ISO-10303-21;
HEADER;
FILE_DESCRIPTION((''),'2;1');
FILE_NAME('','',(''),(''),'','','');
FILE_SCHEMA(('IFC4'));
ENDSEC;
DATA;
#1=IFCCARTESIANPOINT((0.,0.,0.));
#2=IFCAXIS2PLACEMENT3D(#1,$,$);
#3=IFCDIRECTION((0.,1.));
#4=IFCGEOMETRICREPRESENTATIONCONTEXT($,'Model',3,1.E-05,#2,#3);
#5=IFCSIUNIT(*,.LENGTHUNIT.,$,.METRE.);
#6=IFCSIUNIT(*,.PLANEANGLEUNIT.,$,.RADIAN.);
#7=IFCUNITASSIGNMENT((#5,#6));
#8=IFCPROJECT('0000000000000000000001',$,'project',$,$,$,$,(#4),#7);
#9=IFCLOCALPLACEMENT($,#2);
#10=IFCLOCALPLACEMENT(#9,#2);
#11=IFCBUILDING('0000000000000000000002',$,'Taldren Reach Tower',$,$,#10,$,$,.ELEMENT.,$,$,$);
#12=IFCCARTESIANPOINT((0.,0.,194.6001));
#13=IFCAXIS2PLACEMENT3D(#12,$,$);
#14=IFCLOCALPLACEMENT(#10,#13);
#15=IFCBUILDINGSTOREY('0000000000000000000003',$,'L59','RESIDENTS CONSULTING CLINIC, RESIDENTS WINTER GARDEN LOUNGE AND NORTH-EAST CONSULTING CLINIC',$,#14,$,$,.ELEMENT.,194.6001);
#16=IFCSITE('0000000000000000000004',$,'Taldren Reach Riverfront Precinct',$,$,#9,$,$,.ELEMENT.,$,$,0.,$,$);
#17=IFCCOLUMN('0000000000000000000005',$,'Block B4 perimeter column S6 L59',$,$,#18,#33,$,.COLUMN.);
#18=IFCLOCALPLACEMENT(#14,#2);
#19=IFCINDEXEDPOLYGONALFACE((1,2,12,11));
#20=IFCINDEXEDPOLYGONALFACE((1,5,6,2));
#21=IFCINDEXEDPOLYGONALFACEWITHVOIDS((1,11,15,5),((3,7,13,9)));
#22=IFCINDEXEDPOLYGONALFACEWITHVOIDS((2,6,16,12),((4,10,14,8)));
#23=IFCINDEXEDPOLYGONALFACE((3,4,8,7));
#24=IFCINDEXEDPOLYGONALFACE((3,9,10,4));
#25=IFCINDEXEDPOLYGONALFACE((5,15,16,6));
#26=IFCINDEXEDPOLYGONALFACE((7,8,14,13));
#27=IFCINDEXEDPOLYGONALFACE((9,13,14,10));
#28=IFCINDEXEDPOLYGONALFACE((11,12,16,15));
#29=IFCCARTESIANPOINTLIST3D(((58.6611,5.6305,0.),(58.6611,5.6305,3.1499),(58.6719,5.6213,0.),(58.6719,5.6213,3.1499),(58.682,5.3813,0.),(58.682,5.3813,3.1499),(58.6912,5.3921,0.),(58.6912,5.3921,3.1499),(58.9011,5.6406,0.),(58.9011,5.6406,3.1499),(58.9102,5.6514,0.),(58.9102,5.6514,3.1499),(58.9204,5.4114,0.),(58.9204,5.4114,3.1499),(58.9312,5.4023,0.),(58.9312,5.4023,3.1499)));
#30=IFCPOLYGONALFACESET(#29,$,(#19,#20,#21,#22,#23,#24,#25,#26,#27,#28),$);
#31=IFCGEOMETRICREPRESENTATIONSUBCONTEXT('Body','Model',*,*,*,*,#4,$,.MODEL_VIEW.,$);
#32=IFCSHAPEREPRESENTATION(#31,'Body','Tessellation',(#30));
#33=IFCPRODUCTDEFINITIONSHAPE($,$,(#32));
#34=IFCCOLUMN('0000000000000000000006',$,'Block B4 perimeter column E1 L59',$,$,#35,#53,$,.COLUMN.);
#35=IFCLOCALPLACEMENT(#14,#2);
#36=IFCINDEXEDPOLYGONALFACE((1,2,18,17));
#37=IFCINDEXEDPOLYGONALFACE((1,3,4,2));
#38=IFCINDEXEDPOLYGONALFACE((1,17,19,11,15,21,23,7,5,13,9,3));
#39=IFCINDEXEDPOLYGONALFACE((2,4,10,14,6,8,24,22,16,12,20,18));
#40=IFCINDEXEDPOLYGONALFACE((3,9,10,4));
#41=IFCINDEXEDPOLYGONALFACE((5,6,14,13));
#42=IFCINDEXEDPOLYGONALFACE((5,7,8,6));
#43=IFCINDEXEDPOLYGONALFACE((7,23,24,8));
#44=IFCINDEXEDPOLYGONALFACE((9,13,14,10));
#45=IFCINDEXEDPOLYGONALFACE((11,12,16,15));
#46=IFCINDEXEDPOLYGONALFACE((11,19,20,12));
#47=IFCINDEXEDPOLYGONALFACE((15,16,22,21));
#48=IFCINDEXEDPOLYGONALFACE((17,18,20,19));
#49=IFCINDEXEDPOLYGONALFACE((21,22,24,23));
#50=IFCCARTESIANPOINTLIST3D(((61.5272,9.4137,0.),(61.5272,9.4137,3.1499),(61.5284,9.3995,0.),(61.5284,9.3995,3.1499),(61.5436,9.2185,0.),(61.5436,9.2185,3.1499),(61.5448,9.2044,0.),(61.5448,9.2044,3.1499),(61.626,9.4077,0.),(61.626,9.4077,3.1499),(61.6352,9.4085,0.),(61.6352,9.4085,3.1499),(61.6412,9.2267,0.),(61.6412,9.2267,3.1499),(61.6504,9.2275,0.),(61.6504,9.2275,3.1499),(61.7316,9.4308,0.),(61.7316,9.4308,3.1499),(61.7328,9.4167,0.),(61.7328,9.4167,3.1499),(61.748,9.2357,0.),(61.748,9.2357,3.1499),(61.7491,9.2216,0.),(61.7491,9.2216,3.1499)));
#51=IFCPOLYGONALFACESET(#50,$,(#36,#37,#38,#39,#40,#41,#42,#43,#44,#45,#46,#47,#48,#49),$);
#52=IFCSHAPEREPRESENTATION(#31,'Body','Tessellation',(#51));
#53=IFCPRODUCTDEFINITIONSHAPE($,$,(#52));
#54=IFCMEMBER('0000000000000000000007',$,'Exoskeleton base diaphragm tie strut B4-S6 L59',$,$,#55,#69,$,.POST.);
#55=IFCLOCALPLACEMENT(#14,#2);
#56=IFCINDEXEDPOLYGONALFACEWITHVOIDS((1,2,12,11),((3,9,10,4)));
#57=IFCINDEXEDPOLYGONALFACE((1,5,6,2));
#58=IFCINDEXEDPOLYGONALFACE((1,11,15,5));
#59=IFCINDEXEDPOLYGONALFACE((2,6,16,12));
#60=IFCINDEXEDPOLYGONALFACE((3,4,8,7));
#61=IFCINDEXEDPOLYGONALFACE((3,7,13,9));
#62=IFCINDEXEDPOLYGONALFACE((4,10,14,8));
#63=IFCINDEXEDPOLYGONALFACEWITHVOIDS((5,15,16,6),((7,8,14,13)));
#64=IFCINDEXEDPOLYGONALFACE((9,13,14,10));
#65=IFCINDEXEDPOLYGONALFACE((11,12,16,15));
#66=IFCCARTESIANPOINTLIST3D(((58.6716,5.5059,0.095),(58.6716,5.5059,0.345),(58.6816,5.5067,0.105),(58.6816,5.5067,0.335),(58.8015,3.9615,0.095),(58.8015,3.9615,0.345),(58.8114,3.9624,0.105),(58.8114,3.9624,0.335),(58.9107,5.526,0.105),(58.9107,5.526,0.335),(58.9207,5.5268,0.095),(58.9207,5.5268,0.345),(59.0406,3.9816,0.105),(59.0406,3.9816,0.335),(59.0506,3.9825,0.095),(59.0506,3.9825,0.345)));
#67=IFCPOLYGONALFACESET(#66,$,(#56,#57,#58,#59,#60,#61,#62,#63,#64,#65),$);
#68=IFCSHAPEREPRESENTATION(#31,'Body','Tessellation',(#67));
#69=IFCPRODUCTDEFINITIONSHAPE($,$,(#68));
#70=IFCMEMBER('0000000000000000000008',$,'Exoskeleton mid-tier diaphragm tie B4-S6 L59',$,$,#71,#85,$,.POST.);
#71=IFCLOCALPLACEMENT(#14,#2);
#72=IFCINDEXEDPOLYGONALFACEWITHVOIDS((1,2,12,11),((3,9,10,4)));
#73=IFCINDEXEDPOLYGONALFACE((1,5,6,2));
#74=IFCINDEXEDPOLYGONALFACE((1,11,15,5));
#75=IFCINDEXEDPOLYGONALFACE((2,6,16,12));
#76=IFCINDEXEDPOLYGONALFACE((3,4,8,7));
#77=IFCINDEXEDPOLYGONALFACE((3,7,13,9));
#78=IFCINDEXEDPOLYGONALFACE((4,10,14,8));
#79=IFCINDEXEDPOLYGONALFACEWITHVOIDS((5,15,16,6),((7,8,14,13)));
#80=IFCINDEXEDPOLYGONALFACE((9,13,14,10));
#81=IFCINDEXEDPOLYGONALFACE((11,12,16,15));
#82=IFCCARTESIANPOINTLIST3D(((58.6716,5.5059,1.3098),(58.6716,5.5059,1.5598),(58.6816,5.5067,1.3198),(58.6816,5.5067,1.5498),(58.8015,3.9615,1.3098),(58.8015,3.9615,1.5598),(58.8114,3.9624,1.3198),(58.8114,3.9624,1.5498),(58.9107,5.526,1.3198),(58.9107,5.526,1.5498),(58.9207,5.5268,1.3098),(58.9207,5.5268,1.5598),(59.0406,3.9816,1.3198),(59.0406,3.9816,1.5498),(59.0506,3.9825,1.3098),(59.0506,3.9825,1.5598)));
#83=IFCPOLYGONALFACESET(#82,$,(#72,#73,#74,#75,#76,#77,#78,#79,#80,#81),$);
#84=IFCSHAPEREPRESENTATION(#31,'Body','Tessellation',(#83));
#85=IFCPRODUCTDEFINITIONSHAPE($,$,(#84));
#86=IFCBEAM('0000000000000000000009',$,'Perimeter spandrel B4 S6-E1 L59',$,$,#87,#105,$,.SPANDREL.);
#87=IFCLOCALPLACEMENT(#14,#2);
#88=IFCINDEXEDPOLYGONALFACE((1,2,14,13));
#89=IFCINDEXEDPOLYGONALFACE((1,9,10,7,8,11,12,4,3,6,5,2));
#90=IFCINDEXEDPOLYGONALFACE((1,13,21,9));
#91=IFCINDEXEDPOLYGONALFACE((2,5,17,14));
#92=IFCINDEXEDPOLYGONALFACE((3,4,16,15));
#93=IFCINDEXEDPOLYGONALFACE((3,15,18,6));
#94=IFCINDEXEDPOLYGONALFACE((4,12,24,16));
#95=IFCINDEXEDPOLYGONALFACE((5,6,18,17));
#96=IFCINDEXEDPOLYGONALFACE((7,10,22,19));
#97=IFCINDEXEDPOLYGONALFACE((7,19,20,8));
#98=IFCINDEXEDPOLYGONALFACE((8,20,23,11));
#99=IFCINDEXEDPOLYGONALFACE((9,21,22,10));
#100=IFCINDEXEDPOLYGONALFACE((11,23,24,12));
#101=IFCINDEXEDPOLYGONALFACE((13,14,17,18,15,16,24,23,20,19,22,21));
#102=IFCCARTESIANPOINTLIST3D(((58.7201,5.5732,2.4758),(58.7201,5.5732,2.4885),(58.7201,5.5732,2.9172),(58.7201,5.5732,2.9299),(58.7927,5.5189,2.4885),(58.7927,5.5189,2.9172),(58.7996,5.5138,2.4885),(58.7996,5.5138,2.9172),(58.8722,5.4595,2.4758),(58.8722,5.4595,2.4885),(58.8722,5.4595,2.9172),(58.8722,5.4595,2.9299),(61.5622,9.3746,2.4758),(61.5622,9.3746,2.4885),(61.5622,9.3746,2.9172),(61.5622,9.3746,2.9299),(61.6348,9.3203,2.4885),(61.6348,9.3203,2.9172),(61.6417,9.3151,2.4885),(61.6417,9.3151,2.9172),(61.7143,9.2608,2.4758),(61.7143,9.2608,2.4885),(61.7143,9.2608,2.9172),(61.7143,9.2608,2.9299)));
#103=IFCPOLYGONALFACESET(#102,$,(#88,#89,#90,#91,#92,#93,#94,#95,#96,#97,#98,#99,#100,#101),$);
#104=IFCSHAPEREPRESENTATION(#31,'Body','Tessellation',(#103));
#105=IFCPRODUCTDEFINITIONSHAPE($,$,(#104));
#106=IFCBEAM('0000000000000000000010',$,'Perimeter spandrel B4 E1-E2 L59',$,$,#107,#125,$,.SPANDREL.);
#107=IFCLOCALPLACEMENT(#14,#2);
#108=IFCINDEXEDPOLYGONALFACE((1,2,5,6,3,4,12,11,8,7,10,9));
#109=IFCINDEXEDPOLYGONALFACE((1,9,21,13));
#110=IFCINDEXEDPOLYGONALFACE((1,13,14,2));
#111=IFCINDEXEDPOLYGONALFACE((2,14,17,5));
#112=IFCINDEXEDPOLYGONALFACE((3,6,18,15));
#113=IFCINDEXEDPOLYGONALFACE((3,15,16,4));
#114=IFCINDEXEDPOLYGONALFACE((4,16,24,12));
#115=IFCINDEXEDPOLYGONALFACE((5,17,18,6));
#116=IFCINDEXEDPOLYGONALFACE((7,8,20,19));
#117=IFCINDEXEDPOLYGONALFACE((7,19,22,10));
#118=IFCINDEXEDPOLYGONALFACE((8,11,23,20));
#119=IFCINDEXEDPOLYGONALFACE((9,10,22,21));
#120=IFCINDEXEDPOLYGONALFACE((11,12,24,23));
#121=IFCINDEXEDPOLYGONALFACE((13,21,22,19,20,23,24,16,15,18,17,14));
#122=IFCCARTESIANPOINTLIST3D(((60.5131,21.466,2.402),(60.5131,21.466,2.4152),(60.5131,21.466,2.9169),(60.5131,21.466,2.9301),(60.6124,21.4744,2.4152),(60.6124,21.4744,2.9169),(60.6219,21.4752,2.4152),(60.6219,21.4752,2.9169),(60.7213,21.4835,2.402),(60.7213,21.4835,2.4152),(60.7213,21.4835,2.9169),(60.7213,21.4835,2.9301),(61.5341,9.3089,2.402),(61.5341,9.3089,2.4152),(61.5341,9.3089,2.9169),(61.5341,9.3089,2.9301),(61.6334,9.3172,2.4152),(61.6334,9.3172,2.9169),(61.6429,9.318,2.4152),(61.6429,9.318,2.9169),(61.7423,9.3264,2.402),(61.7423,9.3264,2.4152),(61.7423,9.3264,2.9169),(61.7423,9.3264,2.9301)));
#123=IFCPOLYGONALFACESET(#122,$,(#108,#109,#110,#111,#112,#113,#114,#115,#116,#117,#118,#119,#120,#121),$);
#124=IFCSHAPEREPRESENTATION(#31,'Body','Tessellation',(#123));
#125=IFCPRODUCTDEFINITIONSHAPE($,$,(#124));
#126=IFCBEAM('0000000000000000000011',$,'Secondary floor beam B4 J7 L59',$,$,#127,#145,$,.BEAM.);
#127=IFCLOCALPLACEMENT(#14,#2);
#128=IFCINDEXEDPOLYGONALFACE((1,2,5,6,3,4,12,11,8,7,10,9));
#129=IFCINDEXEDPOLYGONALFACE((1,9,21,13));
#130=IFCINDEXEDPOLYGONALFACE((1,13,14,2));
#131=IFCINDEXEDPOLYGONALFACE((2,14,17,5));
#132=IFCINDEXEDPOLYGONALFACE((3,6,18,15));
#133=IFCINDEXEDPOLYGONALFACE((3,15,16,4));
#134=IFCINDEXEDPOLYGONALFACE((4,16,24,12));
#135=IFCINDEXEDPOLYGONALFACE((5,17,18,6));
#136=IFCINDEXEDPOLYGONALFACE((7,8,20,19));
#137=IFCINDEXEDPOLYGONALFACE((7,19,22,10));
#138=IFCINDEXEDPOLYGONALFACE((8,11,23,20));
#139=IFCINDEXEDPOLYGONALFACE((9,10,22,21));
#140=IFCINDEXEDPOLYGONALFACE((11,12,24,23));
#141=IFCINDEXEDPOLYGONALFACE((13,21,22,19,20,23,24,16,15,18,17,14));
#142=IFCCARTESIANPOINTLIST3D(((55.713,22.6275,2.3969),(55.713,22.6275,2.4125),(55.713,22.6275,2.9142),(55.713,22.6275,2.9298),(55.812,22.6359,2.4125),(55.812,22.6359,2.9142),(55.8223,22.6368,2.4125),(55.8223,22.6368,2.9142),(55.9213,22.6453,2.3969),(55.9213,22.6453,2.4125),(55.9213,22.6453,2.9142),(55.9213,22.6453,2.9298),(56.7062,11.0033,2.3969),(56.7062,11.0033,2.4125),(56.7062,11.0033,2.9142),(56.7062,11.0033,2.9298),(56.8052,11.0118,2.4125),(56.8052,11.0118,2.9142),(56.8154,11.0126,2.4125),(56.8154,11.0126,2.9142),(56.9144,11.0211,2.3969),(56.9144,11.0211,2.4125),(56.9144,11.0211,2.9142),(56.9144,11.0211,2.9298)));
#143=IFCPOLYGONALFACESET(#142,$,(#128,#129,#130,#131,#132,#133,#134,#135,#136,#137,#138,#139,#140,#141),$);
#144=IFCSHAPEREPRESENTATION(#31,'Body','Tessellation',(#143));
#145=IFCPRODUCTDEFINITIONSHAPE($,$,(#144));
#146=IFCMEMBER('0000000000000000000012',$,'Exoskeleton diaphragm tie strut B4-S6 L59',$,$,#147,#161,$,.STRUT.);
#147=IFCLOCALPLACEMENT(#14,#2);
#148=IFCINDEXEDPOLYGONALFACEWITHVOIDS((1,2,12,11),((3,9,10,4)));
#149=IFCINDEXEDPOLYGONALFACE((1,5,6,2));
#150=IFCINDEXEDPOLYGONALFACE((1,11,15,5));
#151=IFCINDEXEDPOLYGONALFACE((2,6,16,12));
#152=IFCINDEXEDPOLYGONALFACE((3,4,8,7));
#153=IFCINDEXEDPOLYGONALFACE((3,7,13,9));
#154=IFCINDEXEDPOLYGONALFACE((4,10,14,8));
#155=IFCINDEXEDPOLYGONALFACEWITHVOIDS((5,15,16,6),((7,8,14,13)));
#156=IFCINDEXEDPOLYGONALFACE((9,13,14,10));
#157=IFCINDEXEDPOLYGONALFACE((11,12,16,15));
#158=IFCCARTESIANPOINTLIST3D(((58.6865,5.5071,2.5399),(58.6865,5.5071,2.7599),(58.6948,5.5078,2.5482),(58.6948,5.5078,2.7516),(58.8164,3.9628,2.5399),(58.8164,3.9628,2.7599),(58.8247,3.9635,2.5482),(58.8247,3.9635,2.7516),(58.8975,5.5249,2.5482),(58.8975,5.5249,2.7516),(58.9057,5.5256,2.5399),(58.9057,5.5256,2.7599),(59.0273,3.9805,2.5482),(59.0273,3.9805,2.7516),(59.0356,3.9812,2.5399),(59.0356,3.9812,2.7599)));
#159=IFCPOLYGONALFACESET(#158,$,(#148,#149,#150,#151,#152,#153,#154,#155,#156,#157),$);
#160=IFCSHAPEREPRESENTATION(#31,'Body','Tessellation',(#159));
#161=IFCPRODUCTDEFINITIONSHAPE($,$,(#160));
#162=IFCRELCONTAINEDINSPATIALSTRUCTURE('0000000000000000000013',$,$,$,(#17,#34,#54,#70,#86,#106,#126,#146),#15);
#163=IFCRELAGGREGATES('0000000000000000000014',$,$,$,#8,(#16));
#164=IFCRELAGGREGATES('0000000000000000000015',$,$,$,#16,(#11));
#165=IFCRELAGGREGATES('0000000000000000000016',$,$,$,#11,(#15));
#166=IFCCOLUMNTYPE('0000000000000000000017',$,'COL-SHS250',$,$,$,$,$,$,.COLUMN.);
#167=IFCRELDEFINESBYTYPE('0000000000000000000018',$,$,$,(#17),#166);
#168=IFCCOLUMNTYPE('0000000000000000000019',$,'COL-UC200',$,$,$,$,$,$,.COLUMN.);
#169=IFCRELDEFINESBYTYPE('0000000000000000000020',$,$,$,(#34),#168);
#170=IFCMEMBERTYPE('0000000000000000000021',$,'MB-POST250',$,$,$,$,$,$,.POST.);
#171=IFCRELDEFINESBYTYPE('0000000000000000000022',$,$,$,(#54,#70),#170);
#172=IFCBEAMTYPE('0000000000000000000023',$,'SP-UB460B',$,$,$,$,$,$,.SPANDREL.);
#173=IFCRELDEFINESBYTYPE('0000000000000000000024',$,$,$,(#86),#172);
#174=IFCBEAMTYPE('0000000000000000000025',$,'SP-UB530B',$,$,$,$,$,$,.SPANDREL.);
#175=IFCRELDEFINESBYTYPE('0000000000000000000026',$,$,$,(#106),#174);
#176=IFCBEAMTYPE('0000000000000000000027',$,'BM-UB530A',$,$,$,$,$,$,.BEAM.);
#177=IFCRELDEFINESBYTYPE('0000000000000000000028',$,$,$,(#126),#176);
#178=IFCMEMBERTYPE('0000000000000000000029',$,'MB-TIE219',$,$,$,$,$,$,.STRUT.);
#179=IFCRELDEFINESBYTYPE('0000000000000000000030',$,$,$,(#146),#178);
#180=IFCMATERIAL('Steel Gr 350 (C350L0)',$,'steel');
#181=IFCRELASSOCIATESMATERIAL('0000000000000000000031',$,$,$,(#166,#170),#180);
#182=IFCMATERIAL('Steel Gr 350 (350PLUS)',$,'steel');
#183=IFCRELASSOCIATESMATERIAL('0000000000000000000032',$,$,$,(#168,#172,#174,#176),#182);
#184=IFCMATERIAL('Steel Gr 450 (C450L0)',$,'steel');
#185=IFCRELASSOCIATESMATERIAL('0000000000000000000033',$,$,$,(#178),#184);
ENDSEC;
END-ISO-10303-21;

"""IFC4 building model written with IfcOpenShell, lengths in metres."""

from ifc_helpers import new_model, si_unit, direction, frame, origin, origin_2d, place, context, subcontext, project, spatial, hollow_rectangle, i_section, extrude, source, transform, mapped, material, material_profile, profile_set, type_object, element, save


model = new_model("IFC4")

# Units and contexts
model_context = context("Model", 3, precision=1e-05, world=origin(), true_north=direction((0.0, 1.0)))
body_context = subcontext(model_context, "Body", "Model", "MODEL_VIEW")
ifc_project = project(units=[si_unit("LENGTHUNIT", "METRE"), si_unit("PLANEANGLEUNIT", "RADIAN")], contexts=[model_context])

# Site, building, storey
site_placement = place(None, origin())
site = spatial("IfcSite", under=ifc_project, at=site_placement, Name="Taldren Reach Riverfront Precinct", CompositionType="ELEMENT", RefElevation=0.0)
building_placement = place(site_placement, origin())
building = spatial("IfcBuilding", under=site, at=building_placement, Name="Taldren Reach Tower", CompositionType="ELEMENT")
storey_placement = place(building_placement, frame((0.0, 0.0, 194.6001)))
storey = spatial("IfcBuildingStorey", under=building, at=storey_placement, Name="L59", Description="RESIDENTS CONSULTING CLINIC, RESIDENTS WINTER GARDEN LOUNGE AND NORTH-EAST CONSULTING CLINIC", CompositionType="ELEMENT", Elevation=194.6001)

# Columns
ifc_material_1 = material(Name="Steel Gr 350 (C350L0)", Category="steel")
ifc_material_profile_1 = material_profile(ifc_material_1, hollow_rectangle(XDim=0.25, YDim=0.25, WallThickness=0.01, at=origin_2d()), Name="250x250x10.0SHS")
ifc_profile_set_1 = profile_set([ifc_material_profile_1], Name="Steel Gr 350 (C350L0)")
column_type_1 = type_object("IfcColumnType", Name="COL-SHS250", PredefinedType="COLUMN", material=ifc_profile_set_1)
shared_shape_1 = source(origin(), body_context, "Body", "SweptSolid", [
    extrude(hollow_rectangle(XDim=0.25, YDim=0.25, WallThickness=0.01, at=origin_2d()), origin(), (0.0, 0.0, 1.0), 3.1499),
])
column_1_placement = place(storey_placement, frame((58.7961, 5.5164, 0.0), z_axis=(0.0, 0.0, 1.0), x_axis=(0.996493, 0.083678, 0.0)))
element("IfcColumn", 1, at=column_1_placement, inside=storey, type_object=column_type_1, Name="Block B4 perimeter column S6 L59", PredefinedType="COLUMN", context=body_context, shape_type="MappedRepresentation", body=[
    mapped(shared_shape_1, transform((0.0, 0.0, 0.0), scale=1.0)),
])
ifc_material_2 = material(Name="Steel Gr 350 (350PLUS)", Category="steel")
ifc_material_profile_2 = material_profile(ifc_material_2, i_section(OverallWidth=0.2051, OverallDepth=0.21, WebThickness=0.0093, FlangeThickness=0.0142, at=origin_2d()), Name="200UC59.5")
ifc_profile_set_2 = profile_set([ifc_material_profile_2], Name="Steel Gr 350 (350PLUS)")
column_type_2 = type_object("IfcColumnType", Name="COL-UC200", PredefinedType="COLUMN", material=ifc_profile_set_2)
shared_shape_2 = source(origin(), body_context, "Body", "SweptSolid", [
    extrude(i_section(OverallWidth=0.2051, OverallDepth=0.21, WebThickness=0.0093, FlangeThickness=0.0142, at=origin_2d()), origin(), (0.0, 0.0, 1.0), 3.1499),
])
column_2_placement = place(storey_placement, frame((61.6382, 9.3176, 0.0), z_axis=(0.0, 0.0, 1.0), x_axis=(0.996493, 0.083678, 0.0)))
element("IfcColumn", 2, at=column_2_placement, inside=storey, type_object=column_type_2, Name="Block B4 perimeter column E1 L59", PredefinedType="COLUMN", context=body_context, shape_type="MappedRepresentation", body=[
    mapped(shared_shape_2, transform((0.0, 0.0, 0.0), scale=1.0)),
])

# Members
ifc_material_profile_3 = material_profile(ifc_material_1, hollow_rectangle(XDim=0.25, YDim=0.25, WallThickness=0.01, at=origin_2d()), Name="250x250x10.0SHS")
ifc_profile_set_3 = profile_set([ifc_material_profile_3], Name="Steel Gr 350 (C350L0)")
member_type_1 = type_object("IfcMemberType", Name="MB-POST250", PredefinedType="POST", material=ifc_profile_set_3)
shared_shape_3 = source(origin(), body_context, "Body", "SweptSolid", [
    extrude(hollow_rectangle(XDim=0.25, YDim=0.25, WallThickness=0.01, at=origin_2d()), origin(), (0.0, 0.0, 1.0), 1.5498),
])
for number, where, z_axis, x_axis, name in (
    (3, (58.7961, 5.5164, 0.22), (0.083802, -0.996482, 0.0), (0.996482, 0.083802, 0.0), "Exoskeleton base diaphragm tie strut B4-S6 L59"),
    (4, (58.7961, 5.5164, 1.4348), (0.083802, -0.996482, 0.0), (0.996482, 0.083802, 0.0), "Exoskeleton mid-tier diaphragm tie B4-S6 L59"),
):
    element("IfcMember", number, at=place(storey_placement, frame(where, z_axis=z_axis, x_axis=x_axis)), inside=storey, type_object=member_type_1, Name=name, PredefinedType="POST", context=body_context, shape_type="MappedRepresentation", body=[
        mapped(shared_shape_3, transform((0.0, 0.0, 0.0), scale=1.0)),
    ])

# Beams
ifc_material_profile_4 = material_profile(ifc_material_2, i_section(OverallWidth=0.1899, OverallDepth=0.4541, WebThickness=0.0085, FlangeThickness=0.0127, at=origin_2d()), Name="460UB67.1")
ifc_profile_set_4 = profile_set([ifc_material_profile_4], Name="Steel Gr 350 (350PLUS)")
beam_type_1 = type_object("IfcBeamType", Name="SP-UB460B", PredefinedType="SPANDREL", material=ifc_profile_set_4)
shared_shape_4 = source(origin(), body_context, "Body", "SweptSolid", [
    extrude(i_section(OverallWidth=0.1899, OverallDepth=0.4541, WebThickness=0.0085, FlangeThickness=0.0127, at=origin_2d()), origin(), (0.0, 0.0, 1.0), 4.7463),
])
beam_1_placement = place(storey_placement, frame((58.7961, 5.5164, 2.7029), z_axis=(0.598798, 0.8009, 0.0), x_axis=(-0.8009, 0.598798, 0.0)))
element("IfcBeam", 5, at=beam_1_placement, inside=storey, type_object=beam_type_1, Name="Perimeter spandrel B4 S6-E1 L59", PredefinedType="SPANDREL", context=body_context, shape_type="MappedRepresentation", body=[
    mapped(shared_shape_4, transform((0.0, 0.0, 0.0), scale=1.0)),
])
ifc_material_profile_5 = material_profile(ifc_material_2, i_section(OverallWidth=0.209, OverallDepth=0.5281, WebThickness=0.0095, FlangeThickness=0.0132, at=origin_2d()), Name="530UB82.0")
ifc_profile_set_5 = profile_set([ifc_material_profile_5], Name="Steel Gr 350 (350PLUS)")
beam_type_2 = type_object("IfcBeamType", Name="SP-UB530B", PredefinedType="SPANDREL", material=ifc_profile_set_5)
shared_shape_5 = source(origin(), body_context, "Body", "SweptSolid", [
    extrude(i_section(OverallWidth=0.209, OverallDepth=0.5281, WebThickness=0.0095, FlangeThickness=0.0132, at=origin_2d()), origin(), (0.0, 0.0, 1.0), 12.2),
])
beam_2_placement = place(storey_placement, frame((61.6382, 9.3176, 2.666), z_axis=(-0.083688, 0.996492, 0.0), x_axis=(-0.996492, -0.083688, 0.0)))
element("IfcBeam", 6, at=beam_2_placement, inside=storey, type_object=beam_type_2, Name="Perimeter spandrel B4 E1-E2 L59", PredefinedType="SPANDREL", context=body_context, shape_type="MappedRepresentation", body=[
    mapped(shared_shape_5, transform((0.0, 0.0, 0.0), scale=1.0)),
])
ifc_material_profile_6 = material_profile(ifc_material_2, i_section(OverallWidth=0.209, OverallDepth=0.533, WebThickness=0.0103, FlangeThickness=0.0156, at=origin_2d()), Name="530UB92.4")
ifc_profile_set_6 = profile_set([ifc_material_profile_6], Name="Steel Gr 350 (350PLUS)")
beam_type_3 = type_object("IfcBeamType", Name="BM-UB530A", PredefinedType="BEAM", material=ifc_profile_set_6)
shared_shape_6 = source(origin(), body_context, "Body", "SweptSolid", [
    extrude(i_section(OverallWidth=0.209, OverallDepth=0.533, WebThickness=0.0103, FlangeThickness=0.0156, at=origin_2d()), origin(), (0.0, 0.0, 1.0), 11.6665),
])
beam_3_placement = place(storey_placement, frame((56.8103, 11.0122, 2.6633), z_axis=(-0.085129, 0.99637, 0.0), x_axis=(-0.99637, -0.085129, 0.0)))
element("IfcBeam", 7, at=beam_3_placement, inside=storey, type_object=beam_type_3, Name="Secondary floor beam B4 J7 L59", PredefinedType="BEAM", context=body_context, shape_type="MappedRepresentation", body=[
    mapped(shared_shape_6, transform((0.0, 0.0, 0.0), scale=1.0)),
])

# Member
ifc_material_3 = material(Name="Steel Gr 450 (C450L0)", Category="steel")
ifc_material_profile_7 = material_profile(ifc_material_3, hollow_rectangle(XDim=0.22, YDim=0.22, WallThickness=0.0083, at=origin_2d()), Name="220x220x8.2SHS")
ifc_profile_set_7 = profile_set([ifc_material_profile_7], Name="Steel Gr 450 (C450L0)")
member_type_2 = type_object("IfcMemberType", Name="MB-TIE219", PredefinedType="STRUT", material=ifc_profile_set_7)
shared_shape_7 = source(origin(), body_context, "Body", "SweptSolid", [
    extrude(hollow_rectangle(XDim=0.22, YDim=0.22, WallThickness=0.0083, at=origin_2d()), origin(), (0.0, 0.0, 1.0), 1.5498),
])
member_1_placement = place(storey_placement, frame((58.7961, 5.5164, 2.6499), z_axis=(0.083802, -0.996482, 0.0), x_axis=(0.996482, 0.083802, 0.0)))
element("IfcMember", 8, at=member_1_placement, inside=storey, type_object=member_type_2, Name="Exoskeleton diaphragm tie strut B4-S6 L59", PredefinedType="STRUT", context=body_context, shape_type="MappedRepresentation", body=[
    mapped(shared_shape_7, transform((0.0, 0.0, 0.0), scale=1.0)),
])

save(model, "model.ifc")
